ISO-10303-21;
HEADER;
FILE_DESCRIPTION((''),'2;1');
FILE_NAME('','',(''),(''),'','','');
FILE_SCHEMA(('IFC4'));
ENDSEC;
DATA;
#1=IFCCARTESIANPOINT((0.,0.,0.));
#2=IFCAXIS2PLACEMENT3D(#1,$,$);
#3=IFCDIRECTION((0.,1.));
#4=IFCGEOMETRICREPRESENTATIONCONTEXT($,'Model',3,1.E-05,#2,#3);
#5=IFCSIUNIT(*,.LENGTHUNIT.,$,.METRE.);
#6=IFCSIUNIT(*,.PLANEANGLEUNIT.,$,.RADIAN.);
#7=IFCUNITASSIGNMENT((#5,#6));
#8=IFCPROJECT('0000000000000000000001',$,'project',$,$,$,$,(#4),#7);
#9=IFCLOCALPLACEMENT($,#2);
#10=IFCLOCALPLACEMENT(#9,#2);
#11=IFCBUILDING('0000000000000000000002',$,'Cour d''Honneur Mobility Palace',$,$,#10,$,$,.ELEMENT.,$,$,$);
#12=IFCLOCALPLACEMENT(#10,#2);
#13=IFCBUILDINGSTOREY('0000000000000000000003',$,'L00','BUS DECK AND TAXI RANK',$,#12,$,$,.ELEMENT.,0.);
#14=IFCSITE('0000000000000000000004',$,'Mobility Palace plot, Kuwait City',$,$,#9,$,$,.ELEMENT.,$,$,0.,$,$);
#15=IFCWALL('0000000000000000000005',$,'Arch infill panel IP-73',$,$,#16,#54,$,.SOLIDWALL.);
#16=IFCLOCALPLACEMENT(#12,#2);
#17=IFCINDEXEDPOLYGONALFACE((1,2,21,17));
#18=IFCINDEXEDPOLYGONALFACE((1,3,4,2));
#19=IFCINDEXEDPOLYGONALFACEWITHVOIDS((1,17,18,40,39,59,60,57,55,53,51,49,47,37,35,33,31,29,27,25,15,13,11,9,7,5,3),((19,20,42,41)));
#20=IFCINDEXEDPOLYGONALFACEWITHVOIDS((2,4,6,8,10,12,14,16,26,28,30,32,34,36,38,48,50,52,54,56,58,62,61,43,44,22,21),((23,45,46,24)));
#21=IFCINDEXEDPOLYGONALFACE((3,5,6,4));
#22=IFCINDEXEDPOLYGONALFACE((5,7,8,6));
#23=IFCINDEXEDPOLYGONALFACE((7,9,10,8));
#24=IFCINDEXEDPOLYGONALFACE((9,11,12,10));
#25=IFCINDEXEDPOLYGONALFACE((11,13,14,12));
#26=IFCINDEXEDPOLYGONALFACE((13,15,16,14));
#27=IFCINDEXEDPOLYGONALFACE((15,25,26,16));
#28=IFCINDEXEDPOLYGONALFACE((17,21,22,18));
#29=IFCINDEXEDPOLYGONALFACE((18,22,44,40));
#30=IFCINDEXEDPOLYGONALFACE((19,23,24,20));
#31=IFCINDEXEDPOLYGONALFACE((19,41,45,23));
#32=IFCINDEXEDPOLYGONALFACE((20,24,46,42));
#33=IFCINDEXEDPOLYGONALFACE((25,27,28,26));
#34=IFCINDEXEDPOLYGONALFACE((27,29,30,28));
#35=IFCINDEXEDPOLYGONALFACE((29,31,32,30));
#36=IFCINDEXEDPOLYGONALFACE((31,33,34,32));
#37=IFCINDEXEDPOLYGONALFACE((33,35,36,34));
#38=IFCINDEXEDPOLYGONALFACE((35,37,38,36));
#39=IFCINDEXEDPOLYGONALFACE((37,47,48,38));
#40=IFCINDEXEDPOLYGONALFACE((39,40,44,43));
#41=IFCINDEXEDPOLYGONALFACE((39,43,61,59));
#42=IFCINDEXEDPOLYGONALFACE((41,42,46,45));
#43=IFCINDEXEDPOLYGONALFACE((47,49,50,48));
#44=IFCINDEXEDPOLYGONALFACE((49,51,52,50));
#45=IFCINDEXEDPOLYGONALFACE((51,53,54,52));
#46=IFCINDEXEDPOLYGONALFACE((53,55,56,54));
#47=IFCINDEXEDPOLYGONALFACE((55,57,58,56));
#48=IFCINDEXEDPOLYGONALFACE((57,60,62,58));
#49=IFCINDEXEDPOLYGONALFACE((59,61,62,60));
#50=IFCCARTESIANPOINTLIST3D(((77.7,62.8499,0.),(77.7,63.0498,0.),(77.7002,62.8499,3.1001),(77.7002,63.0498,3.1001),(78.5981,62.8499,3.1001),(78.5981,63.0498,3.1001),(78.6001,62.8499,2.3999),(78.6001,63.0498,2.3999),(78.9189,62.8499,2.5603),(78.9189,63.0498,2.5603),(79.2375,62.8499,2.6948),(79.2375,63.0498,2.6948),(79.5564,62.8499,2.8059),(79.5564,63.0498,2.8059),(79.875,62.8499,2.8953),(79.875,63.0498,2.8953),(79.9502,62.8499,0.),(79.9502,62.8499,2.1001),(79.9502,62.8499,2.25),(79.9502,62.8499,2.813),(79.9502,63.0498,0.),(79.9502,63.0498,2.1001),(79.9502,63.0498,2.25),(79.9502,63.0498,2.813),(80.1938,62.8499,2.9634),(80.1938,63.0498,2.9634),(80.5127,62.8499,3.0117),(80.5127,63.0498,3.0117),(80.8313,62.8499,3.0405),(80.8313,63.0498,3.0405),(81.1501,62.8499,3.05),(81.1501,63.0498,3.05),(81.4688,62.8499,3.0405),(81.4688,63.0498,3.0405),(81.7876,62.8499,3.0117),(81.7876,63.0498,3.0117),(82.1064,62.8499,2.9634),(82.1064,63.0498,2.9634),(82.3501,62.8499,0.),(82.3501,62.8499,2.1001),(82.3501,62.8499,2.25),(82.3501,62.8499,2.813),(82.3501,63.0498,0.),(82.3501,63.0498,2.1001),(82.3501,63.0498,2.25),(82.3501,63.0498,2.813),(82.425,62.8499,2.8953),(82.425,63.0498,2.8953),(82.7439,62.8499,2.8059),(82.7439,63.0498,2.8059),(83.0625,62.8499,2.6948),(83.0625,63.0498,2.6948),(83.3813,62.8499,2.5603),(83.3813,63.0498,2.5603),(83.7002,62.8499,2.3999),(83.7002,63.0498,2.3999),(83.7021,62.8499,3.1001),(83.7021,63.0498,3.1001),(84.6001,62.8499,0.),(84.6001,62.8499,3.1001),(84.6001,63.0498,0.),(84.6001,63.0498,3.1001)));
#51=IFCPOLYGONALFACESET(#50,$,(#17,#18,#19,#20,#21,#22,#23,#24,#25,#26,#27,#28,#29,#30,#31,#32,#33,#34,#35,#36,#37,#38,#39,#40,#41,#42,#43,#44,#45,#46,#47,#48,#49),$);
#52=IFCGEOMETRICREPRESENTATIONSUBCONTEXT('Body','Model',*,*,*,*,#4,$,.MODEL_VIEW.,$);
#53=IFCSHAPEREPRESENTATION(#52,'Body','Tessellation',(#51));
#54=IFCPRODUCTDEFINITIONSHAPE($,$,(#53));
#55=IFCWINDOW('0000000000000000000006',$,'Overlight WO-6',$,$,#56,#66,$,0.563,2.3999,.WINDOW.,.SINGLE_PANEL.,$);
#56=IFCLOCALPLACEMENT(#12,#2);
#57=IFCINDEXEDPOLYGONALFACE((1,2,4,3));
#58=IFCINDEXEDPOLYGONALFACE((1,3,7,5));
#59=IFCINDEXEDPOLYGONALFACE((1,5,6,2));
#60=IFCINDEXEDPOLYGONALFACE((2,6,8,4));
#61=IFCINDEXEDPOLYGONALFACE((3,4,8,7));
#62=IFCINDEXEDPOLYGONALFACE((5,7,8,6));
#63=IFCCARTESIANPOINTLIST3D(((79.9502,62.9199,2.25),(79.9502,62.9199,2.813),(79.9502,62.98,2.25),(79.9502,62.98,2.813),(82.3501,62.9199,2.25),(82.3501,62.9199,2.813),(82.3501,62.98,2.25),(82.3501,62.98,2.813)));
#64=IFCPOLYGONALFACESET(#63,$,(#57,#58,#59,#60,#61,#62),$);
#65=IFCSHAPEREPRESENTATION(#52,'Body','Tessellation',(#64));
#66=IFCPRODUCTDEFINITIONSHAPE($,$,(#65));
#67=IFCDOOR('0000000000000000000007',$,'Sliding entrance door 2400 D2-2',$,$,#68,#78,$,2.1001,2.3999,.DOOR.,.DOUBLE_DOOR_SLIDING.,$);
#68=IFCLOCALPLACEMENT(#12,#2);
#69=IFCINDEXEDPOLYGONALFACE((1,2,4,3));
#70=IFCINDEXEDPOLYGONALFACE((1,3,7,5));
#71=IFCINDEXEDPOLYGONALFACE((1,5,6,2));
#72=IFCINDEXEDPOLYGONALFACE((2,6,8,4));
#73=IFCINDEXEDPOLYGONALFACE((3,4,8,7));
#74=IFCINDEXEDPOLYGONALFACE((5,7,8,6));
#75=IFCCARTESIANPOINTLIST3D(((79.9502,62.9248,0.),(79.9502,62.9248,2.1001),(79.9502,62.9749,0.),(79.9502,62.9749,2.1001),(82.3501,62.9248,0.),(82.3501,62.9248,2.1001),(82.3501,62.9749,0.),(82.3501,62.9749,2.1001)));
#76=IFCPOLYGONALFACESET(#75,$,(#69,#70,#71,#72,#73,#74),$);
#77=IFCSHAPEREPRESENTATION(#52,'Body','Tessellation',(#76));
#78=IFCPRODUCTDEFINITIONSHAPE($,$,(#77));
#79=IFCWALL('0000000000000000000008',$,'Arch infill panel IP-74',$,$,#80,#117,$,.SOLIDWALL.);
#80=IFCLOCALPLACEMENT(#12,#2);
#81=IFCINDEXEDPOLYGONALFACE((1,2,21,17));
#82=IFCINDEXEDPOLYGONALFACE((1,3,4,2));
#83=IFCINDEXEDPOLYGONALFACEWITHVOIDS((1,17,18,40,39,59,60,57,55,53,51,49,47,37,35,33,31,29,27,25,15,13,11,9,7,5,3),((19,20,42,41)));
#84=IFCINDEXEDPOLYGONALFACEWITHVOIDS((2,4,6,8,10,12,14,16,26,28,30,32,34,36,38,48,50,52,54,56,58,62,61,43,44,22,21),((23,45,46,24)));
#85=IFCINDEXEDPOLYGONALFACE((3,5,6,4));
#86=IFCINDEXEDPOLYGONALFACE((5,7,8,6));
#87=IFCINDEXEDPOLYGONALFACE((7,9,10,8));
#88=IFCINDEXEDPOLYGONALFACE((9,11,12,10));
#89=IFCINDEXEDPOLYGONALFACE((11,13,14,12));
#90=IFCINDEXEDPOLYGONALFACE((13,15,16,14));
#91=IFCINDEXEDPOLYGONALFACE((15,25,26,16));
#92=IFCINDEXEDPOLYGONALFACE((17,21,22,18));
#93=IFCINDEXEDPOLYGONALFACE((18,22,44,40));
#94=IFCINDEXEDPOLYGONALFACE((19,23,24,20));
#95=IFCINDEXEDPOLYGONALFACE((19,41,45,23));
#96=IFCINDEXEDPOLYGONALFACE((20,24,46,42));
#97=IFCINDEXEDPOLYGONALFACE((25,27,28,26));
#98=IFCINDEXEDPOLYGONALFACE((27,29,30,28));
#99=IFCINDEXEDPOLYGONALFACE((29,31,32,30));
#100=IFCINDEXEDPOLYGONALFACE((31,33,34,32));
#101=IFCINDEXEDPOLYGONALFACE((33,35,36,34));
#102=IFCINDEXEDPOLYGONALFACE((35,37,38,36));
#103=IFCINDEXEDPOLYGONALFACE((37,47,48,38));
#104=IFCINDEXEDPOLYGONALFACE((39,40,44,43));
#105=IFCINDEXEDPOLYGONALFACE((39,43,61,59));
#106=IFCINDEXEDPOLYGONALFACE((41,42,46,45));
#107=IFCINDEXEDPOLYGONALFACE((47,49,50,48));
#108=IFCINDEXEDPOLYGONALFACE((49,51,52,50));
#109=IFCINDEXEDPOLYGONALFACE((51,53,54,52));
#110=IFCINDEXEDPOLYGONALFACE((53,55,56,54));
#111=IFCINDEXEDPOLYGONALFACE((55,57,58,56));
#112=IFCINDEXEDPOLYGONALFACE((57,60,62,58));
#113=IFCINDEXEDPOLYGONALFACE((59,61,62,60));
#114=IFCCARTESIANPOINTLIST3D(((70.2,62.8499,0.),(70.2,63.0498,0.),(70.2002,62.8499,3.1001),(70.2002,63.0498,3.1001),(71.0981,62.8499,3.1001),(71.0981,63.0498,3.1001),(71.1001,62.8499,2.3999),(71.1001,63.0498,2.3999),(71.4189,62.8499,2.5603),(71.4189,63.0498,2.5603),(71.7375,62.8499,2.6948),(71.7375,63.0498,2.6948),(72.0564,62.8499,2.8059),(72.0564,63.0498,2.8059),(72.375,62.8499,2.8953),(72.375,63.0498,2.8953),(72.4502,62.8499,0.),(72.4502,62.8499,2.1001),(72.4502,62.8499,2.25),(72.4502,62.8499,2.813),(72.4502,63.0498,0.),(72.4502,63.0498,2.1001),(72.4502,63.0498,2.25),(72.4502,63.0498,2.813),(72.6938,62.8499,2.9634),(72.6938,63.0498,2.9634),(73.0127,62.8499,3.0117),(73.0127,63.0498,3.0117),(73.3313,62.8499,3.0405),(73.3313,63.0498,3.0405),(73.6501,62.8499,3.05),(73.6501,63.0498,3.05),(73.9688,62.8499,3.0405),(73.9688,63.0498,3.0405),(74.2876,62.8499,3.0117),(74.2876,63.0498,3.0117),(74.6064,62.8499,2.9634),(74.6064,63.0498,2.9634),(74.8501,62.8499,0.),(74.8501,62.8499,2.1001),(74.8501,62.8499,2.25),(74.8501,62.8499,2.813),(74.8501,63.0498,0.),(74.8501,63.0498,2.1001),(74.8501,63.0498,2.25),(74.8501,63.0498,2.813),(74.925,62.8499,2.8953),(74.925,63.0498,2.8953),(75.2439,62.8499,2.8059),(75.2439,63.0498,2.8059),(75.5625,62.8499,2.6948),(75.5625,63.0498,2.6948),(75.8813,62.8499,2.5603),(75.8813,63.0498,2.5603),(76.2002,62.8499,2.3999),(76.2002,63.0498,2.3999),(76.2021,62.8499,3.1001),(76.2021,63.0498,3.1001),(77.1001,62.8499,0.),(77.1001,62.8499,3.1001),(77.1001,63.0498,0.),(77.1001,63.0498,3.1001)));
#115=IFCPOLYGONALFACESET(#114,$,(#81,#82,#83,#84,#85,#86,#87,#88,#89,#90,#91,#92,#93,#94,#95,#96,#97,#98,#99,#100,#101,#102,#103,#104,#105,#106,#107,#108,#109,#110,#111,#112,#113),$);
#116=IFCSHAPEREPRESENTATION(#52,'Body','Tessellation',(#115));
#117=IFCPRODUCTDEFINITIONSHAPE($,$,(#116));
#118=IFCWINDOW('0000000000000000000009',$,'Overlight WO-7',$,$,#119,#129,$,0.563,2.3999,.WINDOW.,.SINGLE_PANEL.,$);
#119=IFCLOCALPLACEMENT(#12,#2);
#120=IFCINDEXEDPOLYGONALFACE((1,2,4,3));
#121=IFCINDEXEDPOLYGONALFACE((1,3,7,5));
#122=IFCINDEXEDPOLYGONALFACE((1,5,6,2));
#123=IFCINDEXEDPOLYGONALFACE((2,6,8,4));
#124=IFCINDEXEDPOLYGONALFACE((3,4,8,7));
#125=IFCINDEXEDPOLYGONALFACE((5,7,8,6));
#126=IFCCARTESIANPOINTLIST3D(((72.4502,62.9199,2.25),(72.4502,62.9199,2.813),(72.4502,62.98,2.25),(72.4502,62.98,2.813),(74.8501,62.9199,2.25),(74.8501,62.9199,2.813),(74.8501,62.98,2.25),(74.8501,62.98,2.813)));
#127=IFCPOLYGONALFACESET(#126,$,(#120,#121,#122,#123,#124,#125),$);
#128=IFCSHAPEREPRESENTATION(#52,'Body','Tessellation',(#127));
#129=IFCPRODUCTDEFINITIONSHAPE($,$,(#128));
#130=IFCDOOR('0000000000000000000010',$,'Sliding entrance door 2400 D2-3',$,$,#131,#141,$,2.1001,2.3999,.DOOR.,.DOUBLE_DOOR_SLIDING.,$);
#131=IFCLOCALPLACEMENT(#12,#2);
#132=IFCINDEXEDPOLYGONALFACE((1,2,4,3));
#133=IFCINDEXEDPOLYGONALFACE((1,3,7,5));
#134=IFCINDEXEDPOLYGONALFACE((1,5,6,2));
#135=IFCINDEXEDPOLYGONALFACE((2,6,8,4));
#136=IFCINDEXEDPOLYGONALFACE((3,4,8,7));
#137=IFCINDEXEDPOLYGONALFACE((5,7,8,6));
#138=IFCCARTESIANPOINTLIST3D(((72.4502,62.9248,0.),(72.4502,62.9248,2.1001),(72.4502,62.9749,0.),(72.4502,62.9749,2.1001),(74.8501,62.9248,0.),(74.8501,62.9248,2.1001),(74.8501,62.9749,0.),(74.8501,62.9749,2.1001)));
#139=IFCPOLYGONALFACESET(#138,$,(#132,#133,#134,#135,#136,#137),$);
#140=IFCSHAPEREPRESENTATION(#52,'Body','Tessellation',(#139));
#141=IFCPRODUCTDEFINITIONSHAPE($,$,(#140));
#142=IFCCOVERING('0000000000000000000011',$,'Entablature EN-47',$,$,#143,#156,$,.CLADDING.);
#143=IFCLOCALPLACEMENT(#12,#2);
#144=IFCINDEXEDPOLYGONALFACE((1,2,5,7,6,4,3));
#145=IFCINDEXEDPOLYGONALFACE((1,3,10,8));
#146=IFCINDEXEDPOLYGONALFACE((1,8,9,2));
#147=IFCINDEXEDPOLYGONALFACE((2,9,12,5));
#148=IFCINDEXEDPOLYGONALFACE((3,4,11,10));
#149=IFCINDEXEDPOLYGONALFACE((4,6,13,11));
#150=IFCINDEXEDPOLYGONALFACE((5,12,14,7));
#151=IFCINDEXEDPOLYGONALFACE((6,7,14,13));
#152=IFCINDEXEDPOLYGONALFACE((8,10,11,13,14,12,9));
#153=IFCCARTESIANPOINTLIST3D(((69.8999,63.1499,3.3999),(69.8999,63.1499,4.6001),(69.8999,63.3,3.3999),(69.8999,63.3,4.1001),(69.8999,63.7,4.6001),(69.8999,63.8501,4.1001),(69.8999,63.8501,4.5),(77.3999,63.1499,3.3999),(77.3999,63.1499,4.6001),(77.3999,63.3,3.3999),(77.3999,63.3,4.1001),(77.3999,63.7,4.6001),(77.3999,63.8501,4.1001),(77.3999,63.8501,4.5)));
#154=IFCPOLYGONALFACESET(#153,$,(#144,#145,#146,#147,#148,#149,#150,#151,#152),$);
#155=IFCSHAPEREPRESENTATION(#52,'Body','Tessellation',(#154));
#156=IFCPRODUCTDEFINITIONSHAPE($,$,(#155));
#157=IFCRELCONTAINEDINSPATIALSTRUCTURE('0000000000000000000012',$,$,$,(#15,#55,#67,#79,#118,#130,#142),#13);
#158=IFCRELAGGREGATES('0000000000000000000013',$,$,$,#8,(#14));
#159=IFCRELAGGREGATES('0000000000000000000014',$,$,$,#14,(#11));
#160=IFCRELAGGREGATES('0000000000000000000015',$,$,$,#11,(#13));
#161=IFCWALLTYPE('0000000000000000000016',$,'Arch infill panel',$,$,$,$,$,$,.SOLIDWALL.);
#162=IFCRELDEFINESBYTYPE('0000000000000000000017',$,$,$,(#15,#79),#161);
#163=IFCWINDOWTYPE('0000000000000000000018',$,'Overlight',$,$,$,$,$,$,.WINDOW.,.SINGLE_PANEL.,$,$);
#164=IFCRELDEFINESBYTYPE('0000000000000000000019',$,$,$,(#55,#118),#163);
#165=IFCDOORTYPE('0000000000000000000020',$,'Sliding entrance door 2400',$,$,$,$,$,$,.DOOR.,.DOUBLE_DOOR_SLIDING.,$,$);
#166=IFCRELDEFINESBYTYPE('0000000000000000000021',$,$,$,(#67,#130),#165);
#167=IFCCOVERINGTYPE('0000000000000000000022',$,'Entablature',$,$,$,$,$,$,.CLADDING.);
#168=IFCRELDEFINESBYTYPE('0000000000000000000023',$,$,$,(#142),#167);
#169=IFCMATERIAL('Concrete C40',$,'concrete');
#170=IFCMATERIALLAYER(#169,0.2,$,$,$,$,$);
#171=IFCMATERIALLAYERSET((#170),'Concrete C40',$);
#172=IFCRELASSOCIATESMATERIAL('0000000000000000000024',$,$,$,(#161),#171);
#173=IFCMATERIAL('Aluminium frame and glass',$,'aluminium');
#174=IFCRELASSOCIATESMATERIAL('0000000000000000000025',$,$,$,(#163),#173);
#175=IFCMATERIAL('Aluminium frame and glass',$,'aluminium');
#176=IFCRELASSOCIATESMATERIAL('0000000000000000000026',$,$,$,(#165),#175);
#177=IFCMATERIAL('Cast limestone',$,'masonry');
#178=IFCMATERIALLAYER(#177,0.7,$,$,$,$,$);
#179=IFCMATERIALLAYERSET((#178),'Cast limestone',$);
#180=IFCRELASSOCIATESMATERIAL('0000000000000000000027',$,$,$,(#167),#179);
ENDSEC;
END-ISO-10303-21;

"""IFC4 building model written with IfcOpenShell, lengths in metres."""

from ifc_helpers import new_model, si_unit, direction, frame, frame_2d, origin, place, context, subcontext, project, spatial, polyline, rectangle, outline, extrude, material, layer, layer_set, type_object, element, fill, save


model = new_model("IFC4")

# Units and contexts
model_context = context("Model", 3, precision=1e-05, world=origin(), true_north=direction((0.0, 1.0)))
body_context = subcontext(model_context, "Body", "Model", "MODEL_VIEW")
ifc_project = project(units=[si_unit("LENGTHUNIT", "METRE"), si_unit("PLANEANGLEUNIT", "RADIAN")], contexts=[model_context])

# Site, building, storey
site_placement = place(None, origin())
site = spatial("IfcSite", under=ifc_project, at=site_placement, Name="Mobility Palace plot, Kuwait City", CompositionType="ELEMENT", RefElevation=0.0)
building_placement = place(site_placement, origin())
building = spatial("IfcBuilding", under=site, at=building_placement, Name="Cour d'Honneur Mobility Palace", CompositionType="ELEMENT")
storey_placement = place(building_placement, origin())
storey = spatial("IfcBuildingStorey", under=building, at=storey_placement, Name="L00", Description="BUS DECK AND TAXI RANK", CompositionType="ELEMENT", Elevation=0.0)

# Walls, openings, windows, doors
ifc_material_1 = material(Name="Concrete C40", Category="concrete")
ifc_layer_1 = layer(ifc_material_1, 0.2)
ifc_layer_set_1 = layer_set([ifc_layer_1], Name="Concrete C40")
wall_type = type_object("IfcWallType", Name="Arch infill panel", PredefinedType="SOLIDWALL", material=ifc_layer_set_1)
wall_1_placement = place(storey_placement, frame((84.6001, 62.95, 0.0), z_axis=(0.0, 0.0, 1.0), x_axis=(-1.0, 0.0, 0.0)))
wall_1 = element("IfcWall", 1, at=wall_1_placement, inside=storey, type_object=wall_type, Name="Arch infill panel IP-73", PredefinedType="SOLIDWALL", context=body_context, shape_type="SweptSolid", body=[
    extrude(outline(polyline([(0.0, 0.0), (6.9001, 0.0), (6.8999, 3.1001), (6.002, 3.1001), (6.0, 2.3999), (5.6812, 2.5603), (5.3625, 2.6948), (5.0437, 2.8059), (4.7251, 2.8953), (4.4062, 2.9634), (4.0874, 3.0117), (3.7688, 3.0405), (3.45, 3.05), (3.1313, 3.0405), (2.8125, 3.0117), (2.4937, 2.9634), (2.175, 2.8953), (1.8562, 2.8059), (1.5376, 2.6948), (1.2188, 2.5603), (0.8999, 2.3999), (0.8979, 3.1001), (0.0, 3.1001), (0.0, 0.0)])), frame((0.0, 0.1001, 0.0), z_axis=(0.0, -1.0, 0.0), x_axis=(1.0, 0.0, 0.0)), (0.0, 0.0, 1.0), 0.2),
])
opening_1_placement = place(wall_1_placement, frame((2.25, 0.0, 0.0)))
opening_1 = element("IfcOpeningElement", 2, at=opening_1_placement, cuts=wall_1, PredefinedType="OPENING", context=body_context, shape_type="SweptSolid", body=[
    extrude(rectangle(XDim=2.3999, YDim=2.1001, at=frame_2d((1.2, 1.05))), frame((0.0, 0.1099, 0.0), z_axis=(0.0, -1.0, 0.0), x_axis=(1.0, 0.0, 0.0)), (0.0, 0.0, 1.0), 0.22),
])
opening_2_placement = place(wall_1_placement, frame((2.25, 0.0, 2.25)))
opening_2 = element("IfcOpeningElement", 3, at=opening_2_placement, cuts=wall_1, PredefinedType="OPENING", context=body_context, shape_type="SweptSolid", body=[
    extrude(rectangle(XDim=2.3999, YDim=0.563, at=frame_2d((1.2, 0.2815))), frame((0.0, 0.1099, 0.0), z_axis=(0.0, -1.0, 0.0), x_axis=(1.0, 0.0, 0.0)), (0.0, 0.0, 1.0), 0.22),
])
ifc_material_2 = material(Name="Aluminium frame and glass", Category="aluminium")
window_type = type_object("IfcWindowType", Name="Overlight", PartitioningType="SINGLE_PANEL", PredefinedType="WINDOW", material=ifc_material_2)
window_1_placement = place(opening_2_placement, origin())
window_1 = element("IfcWindow", 4, at=window_1_placement, inside=storey, type_object=window_type, Name="Overlight WO-6", OverallHeight=0.563, OverallWidth=2.3999, PartitioningType="SINGLE_PANEL", PredefinedType="WINDOW", context=body_context, shape_type="SweptSolid", body=[
    extrude(rectangle(XDim=2.3999, YDim=0.563, at=frame_2d((1.2, 0.2815))), frame((0.0, 0.03, 0.0), z_axis=(0.0, -1.0, 0.0), x_axis=(1.0, 0.0, 0.0)), (0.0, 0.0, 1.0), 0.0601),
])
fill(opening_2, window_1)
ifc_material_3 = material(Name="Aluminium frame and glass", Category="aluminium")
door_type = type_object("IfcDoorType", Name="Sliding entrance door 2400", OperationType="DOUBLE_DOOR_SLIDING", PredefinedType="DOOR", material=ifc_material_3)
door_1_placement = place(opening_1_placement, frame((2.3999, 0.0, 0.0), z_axis=(0.0, 0.0, 1.0), x_axis=(-1.0, 0.0, 0.0)))
door_1 = element("IfcDoor", 5, at=door_1_placement, inside=storey, type_object=door_type, Name="Sliding entrance door 2400 D2-2", OperationType="DOUBLE_DOOR_SLIDING", OverallHeight=2.1001, OverallWidth=2.3999, PredefinedType="DOOR", context=body_context, shape_type="SweptSolid", body=[
    extrude(rectangle(XDim=2.3999, YDim=2.1001, at=frame_2d((1.2, 1.05))), frame((0.0, 0.0249, 0.0), z_axis=(0.0, -1.0, 0.0), x_axis=(1.0, 0.0, 0.0)), (0.0, 0.0, 1.0), 0.05),
])
fill(opening_1, door_1)
wall_2_placement = place(storey_placement, frame((77.1001, 62.95, 0.0), z_axis=(0.0, 0.0, 1.0), x_axis=(-1.0, 0.0, 0.0)))
wall_2 = element("IfcWall", 6, at=wall_2_placement, inside=storey, type_object=wall_type, Name="Arch infill panel IP-74", PredefinedType="SOLIDWALL", context=body_context, shape_type="SweptSolid", body=[
    extrude(outline(polyline([(0.0, 0.0), (6.9001, 0.0), (6.8999, 3.1001), (6.002, 3.1001), (6.0, 2.3999), (5.6812, 2.5603), (5.3625, 2.6948), (5.0437, 2.8059), (4.7251, 2.8953), (4.4062, 2.9634), (4.0874, 3.0117), (3.7688, 3.0405), (3.45, 3.05), (3.1313, 3.0405), (2.8125, 3.0117), (2.4937, 2.9634), (2.175, 2.8953), (1.8562, 2.8059), (1.5376, 2.6948), (1.2188, 2.5603), (0.8999, 2.3999), (0.8979, 3.1001), (0.0, 3.1001), (0.0, 0.0)])), frame((0.0, 0.1001, 0.0), z_axis=(0.0, -1.0, 0.0), x_axis=(1.0, 0.0, 0.0)), (0.0, 0.0, 1.0), 0.2),
])
opening_3_placement = place(wall_2_placement, frame((2.25, 0.0, 0.0)))
opening_3 = element("IfcOpeningElement", 7, at=opening_3_placement, cuts=wall_2, PredefinedType="OPENING", context=body_context, shape_type="SweptSolid", body=[
    extrude(rectangle(XDim=2.3999, YDim=2.1001, at=frame_2d((1.2, 1.05))), frame((0.0, 0.1099, 0.0), z_axis=(0.0, -1.0, 0.0), x_axis=(1.0, 0.0, 0.0)), (0.0, 0.0, 1.0), 0.22),
])
opening_4_placement = place(wall_2_placement, frame((2.25, 0.0, 2.25)))
opening_4 = element("IfcOpeningElement", 8, at=opening_4_placement, cuts=wall_2, PredefinedType="OPENING", context=body_context, shape_type="SweptSolid", body=[
    extrude(rectangle(XDim=2.3999, YDim=0.563, at=frame_2d((1.2, 0.2815))), frame((0.0, 0.1099, 0.0), z_axis=(0.0, -1.0, 0.0), x_axis=(1.0, 0.0, 0.0)), (0.0, 0.0, 1.0), 0.22),
])
window_2_placement = place(opening_4_placement, origin())
window_2 = element("IfcWindow", 9, at=window_2_placement, inside=storey, type_object=window_type, Name="Overlight WO-7", OverallHeight=0.563, OverallWidth=2.3999, PartitioningType="SINGLE_PANEL", PredefinedType="WINDOW", context=body_context, shape_type="SweptSolid", body=[
    extrude(rectangle(XDim=2.3999, YDim=0.563, at=frame_2d((1.2, 0.2815))), frame((0.0, 0.03, 0.0), z_axis=(0.0, -1.0, 0.0), x_axis=(1.0, 0.0, 0.0)), (0.0, 0.0, 1.0), 0.0601),
])
fill(opening_4, window_2)
door_2_placement = place(opening_3_placement, frame((2.3999, 0.0, 0.0), z_axis=(0.0, 0.0, 1.0), x_axis=(-1.0, 0.0, 0.0)))
door_2 = element("IfcDoor", 10, at=door_2_placement, inside=storey, type_object=door_type, Name="Sliding entrance door 2400 D2-3", OperationType="DOUBLE_DOOR_SLIDING", OverallHeight=2.1001, OverallWidth=2.3999, PredefinedType="DOOR", context=body_context, shape_type="SweptSolid", body=[
    extrude(rectangle(XDim=2.3999, YDim=2.1001, at=frame_2d((1.2, 1.05))), frame((0.0, 0.0249, 0.0), z_axis=(0.0, -1.0, 0.0), x_axis=(1.0, 0.0, 0.0)), (0.0, 0.0, 1.0), 0.05),
])
fill(opening_3, door_2)

# Covering
ifc_material_4 = material(Name="Cast limestone", Category="masonry")
ifc_layer_2 = layer(ifc_material_4, 0.7)
ifc_layer_set_2 = layer_set([ifc_layer_2], Name="Cast limestone")
covering_type_1 = type_object("IfcCoveringType", Name="Entablature", PredefinedType="CLADDING", material=ifc_layer_set_2)
for number, where, z_axis, x_axis, name in (
    (11, (77.3999, 63.1499, 3.3999), (1.0, 0.0, 0.0), (0.0, 1.0, 0.0), "Entablature EN-47"),
):
    element("IfcCovering", number, at=place(storey_placement, frame(where, z_axis=z_axis, x_axis=x_axis)), inside=storey, type_object=covering_type_1, Name=name, PredefinedType="CLADDING", context=body_context, shape_type="SweptSolid", body=[
        extrude(outline(polyline([(0.0, 0.0), (0.1501, 0.0), (0.1501, 0.7002), (0.7002, 0.7002), (0.7002, 1.1001), (0.55, 1.2002), (0.0, 1.2002), (0.0, 0.0)])), origin(), (0.0, 0.0, -1.0), 7.5),
    ])

save(model, "model.ifc")
